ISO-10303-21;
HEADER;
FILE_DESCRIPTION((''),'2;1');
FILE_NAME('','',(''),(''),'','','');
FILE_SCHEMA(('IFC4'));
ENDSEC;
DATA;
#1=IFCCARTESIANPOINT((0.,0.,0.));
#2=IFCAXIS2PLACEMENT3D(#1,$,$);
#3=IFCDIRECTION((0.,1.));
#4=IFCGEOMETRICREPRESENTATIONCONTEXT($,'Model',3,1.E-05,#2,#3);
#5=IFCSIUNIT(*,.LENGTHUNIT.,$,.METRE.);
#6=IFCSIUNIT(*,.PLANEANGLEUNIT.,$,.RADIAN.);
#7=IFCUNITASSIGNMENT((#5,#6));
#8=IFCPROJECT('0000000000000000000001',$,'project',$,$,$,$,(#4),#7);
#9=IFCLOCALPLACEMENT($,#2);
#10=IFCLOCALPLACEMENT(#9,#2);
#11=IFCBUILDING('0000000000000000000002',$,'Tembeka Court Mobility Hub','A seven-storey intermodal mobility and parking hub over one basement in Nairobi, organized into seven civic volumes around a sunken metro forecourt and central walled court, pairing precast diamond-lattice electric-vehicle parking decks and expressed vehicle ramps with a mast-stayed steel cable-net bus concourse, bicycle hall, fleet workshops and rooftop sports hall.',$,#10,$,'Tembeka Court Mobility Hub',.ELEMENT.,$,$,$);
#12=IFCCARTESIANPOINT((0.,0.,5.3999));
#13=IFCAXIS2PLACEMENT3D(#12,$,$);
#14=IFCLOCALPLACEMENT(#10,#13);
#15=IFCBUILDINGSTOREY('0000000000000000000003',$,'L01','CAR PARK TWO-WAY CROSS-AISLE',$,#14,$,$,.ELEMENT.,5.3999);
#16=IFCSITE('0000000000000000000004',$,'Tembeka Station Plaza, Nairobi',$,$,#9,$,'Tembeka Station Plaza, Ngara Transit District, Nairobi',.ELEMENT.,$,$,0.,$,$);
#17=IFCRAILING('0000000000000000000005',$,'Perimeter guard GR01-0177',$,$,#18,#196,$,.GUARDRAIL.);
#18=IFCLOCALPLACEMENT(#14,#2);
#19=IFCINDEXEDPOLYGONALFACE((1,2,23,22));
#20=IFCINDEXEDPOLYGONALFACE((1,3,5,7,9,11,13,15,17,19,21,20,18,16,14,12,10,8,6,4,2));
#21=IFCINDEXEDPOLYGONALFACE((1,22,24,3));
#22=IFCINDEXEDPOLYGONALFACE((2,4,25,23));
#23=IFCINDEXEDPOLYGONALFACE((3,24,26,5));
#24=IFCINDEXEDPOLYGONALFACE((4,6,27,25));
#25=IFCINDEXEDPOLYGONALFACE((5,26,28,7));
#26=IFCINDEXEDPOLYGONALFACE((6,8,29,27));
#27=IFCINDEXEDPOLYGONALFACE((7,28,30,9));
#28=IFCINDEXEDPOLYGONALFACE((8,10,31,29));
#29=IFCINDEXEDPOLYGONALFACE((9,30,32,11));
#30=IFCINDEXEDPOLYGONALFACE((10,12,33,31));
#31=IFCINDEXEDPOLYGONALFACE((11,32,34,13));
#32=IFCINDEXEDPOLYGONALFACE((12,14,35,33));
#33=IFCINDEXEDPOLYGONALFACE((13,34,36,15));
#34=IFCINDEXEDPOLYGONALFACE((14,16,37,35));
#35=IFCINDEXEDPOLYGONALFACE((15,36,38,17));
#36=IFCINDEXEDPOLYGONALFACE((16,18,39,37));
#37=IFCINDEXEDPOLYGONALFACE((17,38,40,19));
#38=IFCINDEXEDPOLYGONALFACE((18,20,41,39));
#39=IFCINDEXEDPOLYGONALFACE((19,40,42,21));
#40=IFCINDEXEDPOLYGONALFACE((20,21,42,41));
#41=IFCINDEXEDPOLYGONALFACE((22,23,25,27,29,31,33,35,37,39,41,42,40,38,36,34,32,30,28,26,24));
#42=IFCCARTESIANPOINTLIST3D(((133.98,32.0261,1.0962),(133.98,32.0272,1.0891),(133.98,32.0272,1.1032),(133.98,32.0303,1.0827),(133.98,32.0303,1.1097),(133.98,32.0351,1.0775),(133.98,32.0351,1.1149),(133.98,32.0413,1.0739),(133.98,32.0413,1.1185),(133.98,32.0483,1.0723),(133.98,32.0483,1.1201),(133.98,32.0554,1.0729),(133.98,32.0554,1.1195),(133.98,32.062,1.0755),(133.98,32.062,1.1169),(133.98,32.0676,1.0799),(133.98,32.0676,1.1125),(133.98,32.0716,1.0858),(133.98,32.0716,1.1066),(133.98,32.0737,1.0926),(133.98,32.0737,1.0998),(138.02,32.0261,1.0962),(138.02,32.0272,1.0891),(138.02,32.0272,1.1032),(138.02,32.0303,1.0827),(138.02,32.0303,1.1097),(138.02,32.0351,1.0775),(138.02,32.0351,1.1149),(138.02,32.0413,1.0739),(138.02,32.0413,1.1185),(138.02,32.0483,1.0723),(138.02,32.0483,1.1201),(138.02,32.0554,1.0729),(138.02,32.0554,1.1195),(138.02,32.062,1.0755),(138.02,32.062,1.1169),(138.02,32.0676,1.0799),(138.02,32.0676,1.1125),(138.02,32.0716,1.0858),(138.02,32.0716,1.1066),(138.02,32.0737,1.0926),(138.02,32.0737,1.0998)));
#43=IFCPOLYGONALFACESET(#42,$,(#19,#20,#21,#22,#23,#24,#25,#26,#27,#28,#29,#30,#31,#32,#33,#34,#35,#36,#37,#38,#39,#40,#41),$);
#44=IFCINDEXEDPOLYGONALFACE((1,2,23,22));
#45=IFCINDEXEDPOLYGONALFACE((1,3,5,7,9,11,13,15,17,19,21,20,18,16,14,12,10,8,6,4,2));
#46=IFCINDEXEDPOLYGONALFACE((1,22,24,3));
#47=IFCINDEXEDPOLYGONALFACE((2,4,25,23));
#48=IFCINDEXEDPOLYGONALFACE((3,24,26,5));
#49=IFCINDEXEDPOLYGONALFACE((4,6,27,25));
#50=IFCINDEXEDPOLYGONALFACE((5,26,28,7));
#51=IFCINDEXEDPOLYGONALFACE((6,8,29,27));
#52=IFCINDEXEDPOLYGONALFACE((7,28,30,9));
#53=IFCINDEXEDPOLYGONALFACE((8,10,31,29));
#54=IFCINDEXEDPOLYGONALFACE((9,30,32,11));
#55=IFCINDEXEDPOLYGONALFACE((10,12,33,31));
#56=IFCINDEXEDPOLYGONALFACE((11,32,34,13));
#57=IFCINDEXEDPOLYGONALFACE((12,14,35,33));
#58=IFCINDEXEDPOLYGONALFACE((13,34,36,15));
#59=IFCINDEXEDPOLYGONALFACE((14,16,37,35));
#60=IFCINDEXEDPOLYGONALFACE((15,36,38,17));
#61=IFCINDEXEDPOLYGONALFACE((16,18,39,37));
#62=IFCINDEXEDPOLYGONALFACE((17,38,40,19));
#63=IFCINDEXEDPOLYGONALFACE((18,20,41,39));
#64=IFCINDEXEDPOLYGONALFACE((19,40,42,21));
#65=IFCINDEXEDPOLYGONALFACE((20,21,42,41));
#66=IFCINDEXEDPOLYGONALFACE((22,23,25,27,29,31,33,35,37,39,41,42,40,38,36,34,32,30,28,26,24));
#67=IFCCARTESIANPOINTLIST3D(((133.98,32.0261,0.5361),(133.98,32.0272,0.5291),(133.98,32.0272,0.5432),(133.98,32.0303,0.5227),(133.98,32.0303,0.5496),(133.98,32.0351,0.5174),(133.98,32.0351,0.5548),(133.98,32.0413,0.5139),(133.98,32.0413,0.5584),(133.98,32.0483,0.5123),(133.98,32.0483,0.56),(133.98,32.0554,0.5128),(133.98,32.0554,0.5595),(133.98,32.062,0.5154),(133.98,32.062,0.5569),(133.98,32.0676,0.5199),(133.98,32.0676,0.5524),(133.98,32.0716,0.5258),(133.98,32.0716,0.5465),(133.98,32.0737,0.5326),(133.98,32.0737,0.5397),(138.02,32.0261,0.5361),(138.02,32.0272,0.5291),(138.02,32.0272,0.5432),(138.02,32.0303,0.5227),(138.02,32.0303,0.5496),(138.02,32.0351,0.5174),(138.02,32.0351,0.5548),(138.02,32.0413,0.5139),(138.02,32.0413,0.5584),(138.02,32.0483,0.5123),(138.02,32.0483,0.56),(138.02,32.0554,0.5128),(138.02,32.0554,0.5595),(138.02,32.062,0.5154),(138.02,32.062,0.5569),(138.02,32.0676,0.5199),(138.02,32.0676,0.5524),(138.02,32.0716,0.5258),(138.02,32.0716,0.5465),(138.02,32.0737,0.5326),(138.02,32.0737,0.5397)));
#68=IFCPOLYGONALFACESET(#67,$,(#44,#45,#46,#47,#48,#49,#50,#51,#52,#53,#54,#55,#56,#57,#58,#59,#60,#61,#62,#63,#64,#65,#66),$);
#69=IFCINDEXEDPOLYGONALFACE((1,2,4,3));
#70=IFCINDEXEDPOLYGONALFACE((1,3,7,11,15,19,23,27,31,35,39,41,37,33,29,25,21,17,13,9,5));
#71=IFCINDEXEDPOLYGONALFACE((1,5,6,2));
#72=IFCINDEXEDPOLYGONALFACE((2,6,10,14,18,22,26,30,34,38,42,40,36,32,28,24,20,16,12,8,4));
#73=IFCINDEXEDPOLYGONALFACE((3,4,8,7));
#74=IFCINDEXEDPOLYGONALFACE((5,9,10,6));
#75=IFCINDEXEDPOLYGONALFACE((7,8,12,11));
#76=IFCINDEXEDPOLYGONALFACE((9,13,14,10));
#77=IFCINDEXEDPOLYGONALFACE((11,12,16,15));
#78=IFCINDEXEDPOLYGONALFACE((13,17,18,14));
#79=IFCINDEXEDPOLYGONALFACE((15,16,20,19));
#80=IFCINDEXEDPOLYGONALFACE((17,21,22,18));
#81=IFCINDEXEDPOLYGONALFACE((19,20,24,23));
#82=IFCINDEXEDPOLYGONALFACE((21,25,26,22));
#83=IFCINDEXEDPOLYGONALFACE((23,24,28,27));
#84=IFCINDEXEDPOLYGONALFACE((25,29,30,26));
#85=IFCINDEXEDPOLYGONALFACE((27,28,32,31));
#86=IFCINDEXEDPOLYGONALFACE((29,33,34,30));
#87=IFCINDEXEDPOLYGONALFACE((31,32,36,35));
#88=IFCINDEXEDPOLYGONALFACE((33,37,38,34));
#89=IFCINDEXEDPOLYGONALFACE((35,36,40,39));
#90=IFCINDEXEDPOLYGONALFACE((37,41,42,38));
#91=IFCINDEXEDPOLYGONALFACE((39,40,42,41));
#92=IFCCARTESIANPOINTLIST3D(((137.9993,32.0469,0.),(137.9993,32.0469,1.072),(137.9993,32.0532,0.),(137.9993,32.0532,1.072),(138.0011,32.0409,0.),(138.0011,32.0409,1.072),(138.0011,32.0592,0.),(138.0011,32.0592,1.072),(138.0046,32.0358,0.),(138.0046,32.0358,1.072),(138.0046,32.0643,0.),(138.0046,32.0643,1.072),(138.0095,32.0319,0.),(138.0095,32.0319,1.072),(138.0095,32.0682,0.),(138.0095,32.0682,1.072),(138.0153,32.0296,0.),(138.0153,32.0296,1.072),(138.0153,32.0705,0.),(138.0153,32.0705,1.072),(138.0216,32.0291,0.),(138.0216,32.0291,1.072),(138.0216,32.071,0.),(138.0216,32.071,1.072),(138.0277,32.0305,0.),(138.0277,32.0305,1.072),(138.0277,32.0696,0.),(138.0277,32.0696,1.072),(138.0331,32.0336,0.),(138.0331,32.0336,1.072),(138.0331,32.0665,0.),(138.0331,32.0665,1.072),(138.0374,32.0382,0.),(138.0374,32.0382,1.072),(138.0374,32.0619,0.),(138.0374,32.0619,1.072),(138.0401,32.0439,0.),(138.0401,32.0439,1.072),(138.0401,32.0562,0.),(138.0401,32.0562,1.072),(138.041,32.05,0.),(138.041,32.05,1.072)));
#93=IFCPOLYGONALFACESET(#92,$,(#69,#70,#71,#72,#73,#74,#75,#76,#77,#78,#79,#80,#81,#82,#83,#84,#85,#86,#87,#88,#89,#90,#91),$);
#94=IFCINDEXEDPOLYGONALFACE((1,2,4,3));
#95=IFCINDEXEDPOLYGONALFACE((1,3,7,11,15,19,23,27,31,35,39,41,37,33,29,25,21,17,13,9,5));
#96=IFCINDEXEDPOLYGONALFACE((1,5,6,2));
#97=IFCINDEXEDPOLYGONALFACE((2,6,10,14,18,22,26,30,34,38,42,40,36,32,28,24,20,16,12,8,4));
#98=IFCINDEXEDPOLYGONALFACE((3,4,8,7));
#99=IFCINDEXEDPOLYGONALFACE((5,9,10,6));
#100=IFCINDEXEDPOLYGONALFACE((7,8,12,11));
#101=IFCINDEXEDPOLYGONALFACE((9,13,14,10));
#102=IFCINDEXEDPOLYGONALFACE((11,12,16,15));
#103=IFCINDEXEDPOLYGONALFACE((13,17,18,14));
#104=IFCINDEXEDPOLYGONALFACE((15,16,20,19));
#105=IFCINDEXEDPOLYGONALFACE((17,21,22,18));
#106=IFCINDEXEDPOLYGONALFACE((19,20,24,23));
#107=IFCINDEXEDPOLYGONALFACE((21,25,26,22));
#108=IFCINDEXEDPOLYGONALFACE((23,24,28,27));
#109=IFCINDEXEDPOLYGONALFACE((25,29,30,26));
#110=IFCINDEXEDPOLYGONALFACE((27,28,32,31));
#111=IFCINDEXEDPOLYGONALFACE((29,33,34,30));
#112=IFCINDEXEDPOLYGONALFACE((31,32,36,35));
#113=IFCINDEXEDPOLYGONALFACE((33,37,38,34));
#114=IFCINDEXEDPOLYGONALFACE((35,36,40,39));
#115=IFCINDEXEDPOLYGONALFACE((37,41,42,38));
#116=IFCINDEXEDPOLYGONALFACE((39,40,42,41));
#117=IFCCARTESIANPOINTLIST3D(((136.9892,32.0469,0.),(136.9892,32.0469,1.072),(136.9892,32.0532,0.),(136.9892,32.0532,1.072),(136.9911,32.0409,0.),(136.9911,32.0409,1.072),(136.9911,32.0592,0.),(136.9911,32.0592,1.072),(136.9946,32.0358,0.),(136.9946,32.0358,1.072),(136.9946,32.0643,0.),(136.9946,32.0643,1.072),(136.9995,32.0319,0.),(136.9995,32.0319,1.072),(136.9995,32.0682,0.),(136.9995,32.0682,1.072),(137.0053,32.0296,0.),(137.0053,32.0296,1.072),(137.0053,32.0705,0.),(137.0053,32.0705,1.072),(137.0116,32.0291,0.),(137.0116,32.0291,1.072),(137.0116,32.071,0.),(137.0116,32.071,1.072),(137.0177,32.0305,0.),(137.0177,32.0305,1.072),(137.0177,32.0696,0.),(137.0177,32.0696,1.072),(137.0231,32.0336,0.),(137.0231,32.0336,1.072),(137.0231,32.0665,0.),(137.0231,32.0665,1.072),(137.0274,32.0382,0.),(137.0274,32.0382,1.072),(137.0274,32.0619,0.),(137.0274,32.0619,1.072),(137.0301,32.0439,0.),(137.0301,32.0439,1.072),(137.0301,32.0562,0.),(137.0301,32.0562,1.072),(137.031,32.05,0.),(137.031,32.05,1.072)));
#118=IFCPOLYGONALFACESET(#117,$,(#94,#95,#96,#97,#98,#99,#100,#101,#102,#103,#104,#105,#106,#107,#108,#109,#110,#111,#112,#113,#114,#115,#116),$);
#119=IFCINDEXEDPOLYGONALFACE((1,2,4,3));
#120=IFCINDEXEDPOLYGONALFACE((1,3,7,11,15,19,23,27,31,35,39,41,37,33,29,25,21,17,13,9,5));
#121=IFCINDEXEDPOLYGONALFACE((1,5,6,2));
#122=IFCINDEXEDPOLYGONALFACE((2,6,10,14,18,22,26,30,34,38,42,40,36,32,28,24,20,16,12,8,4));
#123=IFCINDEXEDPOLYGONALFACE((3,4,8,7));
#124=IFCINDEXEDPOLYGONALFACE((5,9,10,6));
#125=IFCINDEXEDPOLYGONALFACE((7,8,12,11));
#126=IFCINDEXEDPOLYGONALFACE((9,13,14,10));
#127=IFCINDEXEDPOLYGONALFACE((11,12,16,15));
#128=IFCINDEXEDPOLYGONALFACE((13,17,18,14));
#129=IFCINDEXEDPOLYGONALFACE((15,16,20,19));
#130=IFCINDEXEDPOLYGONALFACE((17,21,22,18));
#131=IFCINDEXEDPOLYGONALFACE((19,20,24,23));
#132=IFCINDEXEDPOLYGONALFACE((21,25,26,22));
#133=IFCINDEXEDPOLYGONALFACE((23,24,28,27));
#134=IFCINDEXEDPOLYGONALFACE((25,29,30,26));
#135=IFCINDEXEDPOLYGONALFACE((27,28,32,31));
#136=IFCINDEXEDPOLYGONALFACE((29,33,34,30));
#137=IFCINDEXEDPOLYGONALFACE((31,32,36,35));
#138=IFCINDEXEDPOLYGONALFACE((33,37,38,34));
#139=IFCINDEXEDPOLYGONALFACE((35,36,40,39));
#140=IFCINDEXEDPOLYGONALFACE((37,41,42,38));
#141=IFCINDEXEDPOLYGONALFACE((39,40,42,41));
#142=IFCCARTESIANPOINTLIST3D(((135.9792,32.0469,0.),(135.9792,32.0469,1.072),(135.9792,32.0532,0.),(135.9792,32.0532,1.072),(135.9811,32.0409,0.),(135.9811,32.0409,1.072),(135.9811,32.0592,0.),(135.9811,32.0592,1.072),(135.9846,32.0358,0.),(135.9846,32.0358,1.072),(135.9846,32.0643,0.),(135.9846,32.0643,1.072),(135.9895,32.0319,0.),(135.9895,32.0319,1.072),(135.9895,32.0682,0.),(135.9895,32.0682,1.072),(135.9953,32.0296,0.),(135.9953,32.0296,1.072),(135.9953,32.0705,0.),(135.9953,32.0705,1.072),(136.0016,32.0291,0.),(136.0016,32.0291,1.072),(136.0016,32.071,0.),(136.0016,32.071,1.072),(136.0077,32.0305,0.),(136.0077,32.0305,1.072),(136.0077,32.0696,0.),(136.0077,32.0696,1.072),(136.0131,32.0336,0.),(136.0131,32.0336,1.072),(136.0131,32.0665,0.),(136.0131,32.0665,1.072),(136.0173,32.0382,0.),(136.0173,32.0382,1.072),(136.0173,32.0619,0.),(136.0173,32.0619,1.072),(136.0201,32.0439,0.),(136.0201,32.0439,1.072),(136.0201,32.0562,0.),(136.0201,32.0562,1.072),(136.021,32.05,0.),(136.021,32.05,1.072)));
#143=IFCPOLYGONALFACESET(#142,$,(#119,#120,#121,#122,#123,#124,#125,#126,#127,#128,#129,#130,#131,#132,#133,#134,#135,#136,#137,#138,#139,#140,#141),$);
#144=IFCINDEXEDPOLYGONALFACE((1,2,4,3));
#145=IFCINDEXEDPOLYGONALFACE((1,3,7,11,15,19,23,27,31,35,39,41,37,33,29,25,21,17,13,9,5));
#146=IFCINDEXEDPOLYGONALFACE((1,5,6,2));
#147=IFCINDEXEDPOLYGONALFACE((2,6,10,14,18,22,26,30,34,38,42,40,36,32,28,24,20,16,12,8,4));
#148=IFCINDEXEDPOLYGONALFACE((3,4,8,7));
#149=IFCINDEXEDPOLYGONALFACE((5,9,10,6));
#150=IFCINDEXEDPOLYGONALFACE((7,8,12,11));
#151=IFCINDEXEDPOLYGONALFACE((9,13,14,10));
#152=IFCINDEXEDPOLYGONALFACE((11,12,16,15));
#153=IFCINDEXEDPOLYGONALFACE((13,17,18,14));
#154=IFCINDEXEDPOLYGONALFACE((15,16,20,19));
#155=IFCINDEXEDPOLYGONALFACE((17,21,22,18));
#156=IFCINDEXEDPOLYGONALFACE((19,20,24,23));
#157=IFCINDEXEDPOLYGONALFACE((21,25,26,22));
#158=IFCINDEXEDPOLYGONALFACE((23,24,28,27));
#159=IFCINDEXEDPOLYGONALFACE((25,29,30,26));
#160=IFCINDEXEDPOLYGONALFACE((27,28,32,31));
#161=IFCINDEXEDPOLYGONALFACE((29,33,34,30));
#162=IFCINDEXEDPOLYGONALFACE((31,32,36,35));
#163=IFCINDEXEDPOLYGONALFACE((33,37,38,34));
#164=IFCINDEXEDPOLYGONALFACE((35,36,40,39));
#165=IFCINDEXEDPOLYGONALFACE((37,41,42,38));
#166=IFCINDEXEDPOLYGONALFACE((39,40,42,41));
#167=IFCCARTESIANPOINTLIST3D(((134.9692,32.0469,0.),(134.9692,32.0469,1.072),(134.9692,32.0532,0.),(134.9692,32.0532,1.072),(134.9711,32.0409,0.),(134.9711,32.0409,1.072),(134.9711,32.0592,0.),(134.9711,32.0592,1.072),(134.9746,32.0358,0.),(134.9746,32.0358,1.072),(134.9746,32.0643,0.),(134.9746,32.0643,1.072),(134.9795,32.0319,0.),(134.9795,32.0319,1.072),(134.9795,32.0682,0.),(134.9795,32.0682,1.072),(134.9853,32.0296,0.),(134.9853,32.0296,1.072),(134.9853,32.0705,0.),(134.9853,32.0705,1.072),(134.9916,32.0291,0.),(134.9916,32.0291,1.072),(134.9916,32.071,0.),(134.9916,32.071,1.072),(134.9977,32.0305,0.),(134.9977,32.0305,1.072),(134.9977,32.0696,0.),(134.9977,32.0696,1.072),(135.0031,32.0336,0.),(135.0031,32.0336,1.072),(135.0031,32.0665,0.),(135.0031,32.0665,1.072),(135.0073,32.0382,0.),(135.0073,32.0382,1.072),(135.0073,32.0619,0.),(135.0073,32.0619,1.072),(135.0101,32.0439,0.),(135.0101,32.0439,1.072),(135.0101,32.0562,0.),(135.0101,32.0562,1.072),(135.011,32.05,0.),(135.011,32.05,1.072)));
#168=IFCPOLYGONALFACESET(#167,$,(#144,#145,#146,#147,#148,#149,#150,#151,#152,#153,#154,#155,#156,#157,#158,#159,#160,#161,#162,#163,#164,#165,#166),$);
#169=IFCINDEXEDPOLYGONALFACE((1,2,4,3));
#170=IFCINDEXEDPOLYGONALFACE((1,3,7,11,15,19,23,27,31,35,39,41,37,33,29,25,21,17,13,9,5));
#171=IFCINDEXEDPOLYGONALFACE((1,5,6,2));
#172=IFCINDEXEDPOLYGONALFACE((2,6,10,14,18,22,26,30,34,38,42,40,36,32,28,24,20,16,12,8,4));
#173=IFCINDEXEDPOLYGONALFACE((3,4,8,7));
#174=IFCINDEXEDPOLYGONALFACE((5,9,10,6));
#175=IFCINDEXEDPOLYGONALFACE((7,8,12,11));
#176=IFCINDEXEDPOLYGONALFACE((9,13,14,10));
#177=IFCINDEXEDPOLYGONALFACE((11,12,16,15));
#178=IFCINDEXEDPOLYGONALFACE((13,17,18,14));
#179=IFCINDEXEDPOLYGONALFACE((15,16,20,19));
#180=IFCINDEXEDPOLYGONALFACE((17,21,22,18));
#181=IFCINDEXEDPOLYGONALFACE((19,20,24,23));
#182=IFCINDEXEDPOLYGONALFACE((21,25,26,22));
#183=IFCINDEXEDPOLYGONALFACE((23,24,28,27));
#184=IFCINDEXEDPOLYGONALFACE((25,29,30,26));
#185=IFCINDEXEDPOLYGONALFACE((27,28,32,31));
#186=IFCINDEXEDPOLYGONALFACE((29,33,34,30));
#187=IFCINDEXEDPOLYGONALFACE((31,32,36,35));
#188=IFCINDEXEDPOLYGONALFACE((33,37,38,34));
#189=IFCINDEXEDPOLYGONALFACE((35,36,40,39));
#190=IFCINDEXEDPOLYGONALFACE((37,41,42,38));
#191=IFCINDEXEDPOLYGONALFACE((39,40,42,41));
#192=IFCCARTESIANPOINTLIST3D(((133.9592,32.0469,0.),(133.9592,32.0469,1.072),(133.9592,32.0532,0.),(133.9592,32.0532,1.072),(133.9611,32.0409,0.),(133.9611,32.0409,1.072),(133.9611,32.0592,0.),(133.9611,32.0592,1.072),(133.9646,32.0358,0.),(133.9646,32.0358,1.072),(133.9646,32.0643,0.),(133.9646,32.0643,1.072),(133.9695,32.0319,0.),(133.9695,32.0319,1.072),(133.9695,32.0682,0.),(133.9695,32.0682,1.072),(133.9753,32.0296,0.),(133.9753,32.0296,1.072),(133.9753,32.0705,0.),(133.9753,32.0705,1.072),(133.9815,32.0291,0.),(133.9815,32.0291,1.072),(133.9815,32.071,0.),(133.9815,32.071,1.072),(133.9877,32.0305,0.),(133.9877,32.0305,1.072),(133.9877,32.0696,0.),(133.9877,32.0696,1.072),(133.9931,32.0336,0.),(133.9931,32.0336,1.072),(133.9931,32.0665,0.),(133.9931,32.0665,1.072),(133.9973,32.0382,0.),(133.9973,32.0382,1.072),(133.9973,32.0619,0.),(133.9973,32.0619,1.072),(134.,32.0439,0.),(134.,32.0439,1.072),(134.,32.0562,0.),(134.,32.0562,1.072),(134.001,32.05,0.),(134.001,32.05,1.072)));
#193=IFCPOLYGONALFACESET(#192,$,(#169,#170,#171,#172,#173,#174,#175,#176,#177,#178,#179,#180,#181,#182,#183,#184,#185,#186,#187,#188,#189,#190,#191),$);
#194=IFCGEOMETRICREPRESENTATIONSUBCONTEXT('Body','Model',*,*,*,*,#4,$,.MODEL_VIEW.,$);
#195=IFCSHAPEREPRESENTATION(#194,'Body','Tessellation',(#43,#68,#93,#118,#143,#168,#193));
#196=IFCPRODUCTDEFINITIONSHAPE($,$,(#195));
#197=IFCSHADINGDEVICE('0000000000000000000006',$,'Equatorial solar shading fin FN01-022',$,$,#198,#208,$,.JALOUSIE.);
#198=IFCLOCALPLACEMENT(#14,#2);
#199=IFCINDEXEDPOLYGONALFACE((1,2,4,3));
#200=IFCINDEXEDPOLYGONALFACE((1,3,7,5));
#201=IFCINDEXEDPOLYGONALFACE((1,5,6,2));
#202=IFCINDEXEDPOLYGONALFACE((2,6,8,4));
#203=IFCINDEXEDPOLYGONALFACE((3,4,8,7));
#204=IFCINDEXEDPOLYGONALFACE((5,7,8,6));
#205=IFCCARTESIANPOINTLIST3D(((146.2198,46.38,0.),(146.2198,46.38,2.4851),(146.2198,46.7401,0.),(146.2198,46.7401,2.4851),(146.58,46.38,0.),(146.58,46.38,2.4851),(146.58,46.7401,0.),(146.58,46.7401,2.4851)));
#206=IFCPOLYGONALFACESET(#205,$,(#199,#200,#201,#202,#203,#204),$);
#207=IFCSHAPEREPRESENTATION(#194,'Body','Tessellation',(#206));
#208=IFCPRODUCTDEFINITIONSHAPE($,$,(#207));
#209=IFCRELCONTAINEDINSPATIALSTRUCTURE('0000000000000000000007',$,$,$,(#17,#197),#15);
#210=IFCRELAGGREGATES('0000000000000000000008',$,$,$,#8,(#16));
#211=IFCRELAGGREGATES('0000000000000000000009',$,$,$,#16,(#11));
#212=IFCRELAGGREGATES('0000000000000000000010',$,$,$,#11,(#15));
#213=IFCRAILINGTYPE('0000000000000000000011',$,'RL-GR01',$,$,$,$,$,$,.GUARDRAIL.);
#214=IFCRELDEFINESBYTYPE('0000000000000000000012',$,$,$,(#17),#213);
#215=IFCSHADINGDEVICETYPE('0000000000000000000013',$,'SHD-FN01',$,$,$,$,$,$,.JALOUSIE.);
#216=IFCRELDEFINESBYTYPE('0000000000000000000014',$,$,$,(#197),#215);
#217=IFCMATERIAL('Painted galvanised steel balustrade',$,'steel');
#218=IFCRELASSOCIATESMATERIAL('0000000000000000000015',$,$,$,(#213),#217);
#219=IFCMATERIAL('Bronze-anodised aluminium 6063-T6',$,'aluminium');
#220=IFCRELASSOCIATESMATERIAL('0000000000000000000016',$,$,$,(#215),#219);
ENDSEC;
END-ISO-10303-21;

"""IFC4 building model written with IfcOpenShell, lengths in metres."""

from ifc_helpers import new_model, si_unit, direction, frame, origin, origin_2d, place, context, subcontext, project, spatial, rectangle, circle, extrude, material, material_profile, profile_set, type_object, element, save


model = new_model("IFC4")

# Units and contexts
model_context = context("Model", 3, precision=1e-05, world=origin(), true_north=direction((0.0, 1.0)))
body_context = subcontext(model_context, "Body", "Model", "MODEL_VIEW")
ifc_project = project(units=[si_unit("LENGTHUNIT", "METRE"), si_unit("PLANEANGLEUNIT", "RADIAN")], contexts=[model_context])

# Site, building, storey
site_placement = place(None, origin())
site = spatial("IfcSite", under=ifc_project, at=site_placement, Name="Tembeka Station Plaza, Nairobi", LongName="Tembeka Station Plaza, Ngara Transit District, Nairobi", CompositionType="ELEMENT", RefElevation=0.0)
building_placement = place(site_placement, origin())
building = spatial("IfcBuilding", under=site, at=building_placement, Name="Tembeka Court Mobility Hub", Description="A seven-storey intermodal mobility and parking hub over one basement in Nairobi, organized into seven civic volumes around a sunken metro forecourt and central walled court, pairing precast diamond-lattice electric-vehicle parking decks and expressed vehicle ramps with a mast-stayed steel cable-net bus concourse, bicycle hall, fleet workshops and rooftop sports hall.", LongName="Tembeka Court Mobility Hub", CompositionType="ELEMENT")
storey_placement = place(building_placement, frame((0.0, 0.0, 5.3999)))
storey = spatial("IfcBuildingStorey", under=building, at=storey_placement, Name="L01", Description="CAR PARK TWO-WAY CROSS-AISLE", CompositionType="ELEMENT", Elevation=5.3999)

# Railing
ifc_material_1 = material(Name="Painted galvanised steel balustrade", Category="steel")
railing_type = type_object("IfcRailingType", Name="RL-GR01", PredefinedType="GUARDRAIL", material=ifc_material_1)
railing_placement = place(storey_placement, frame((138.02, 32.05, 0.0)))
element("IfcRailing", 1, at=railing_placement, inside=storey, type_object=railing_type, Name="Perimeter guard GR01-0177", PredefinedType="GUARDRAIL", context=body_context, shape_type="SweptSolid", body=[
    extrude(circle(Radius=0.0239, at=origin_2d()), frame((0.0, 0.0, 1.0962), z_axis=(-1.0, 0.0, 0.0), x_axis=(0.0, -1.0, 0.0)), (0.0, 0.0, 1.0), 4.04),
    extrude(circle(Radius=0.0239, at=origin_2d()), frame((0.0, 0.0, 0.5361), z_axis=(-1.0, 0.0, 0.0), x_axis=(0.0, -1.0, 0.0)), (0.0, 0.0, 1.0), 4.04),
    extrude(circle(Radius=0.021, at=origin_2d()), origin(), (0.0, 0.0, 1.0), 1.072),
    extrude(circle(Radius=0.021, at=origin_2d()), frame((-1.01, 0.0, 0.0)), (0.0, 0.0, 1.0), 1.072),
    extrude(circle(Radius=0.021, at=origin_2d()), frame((-2.02, 0.0, 0.0)), (0.0, 0.0, 1.0), 1.072),
    extrude(circle(Radius=0.021, at=origin_2d()), frame((-3.03, 0.0, 0.0)), (0.0, 0.0, 1.0), 1.072),
    extrude(circle(Radius=0.021, at=origin_2d()), frame((-4.04, 0.0, 0.0)), (0.0, 0.0, 1.0), 1.072),
])

# Shading device
ifc_material_2 = material(Name="Bronze-anodised aluminium 6063-T6", Category="aluminium")
ifc_material_profile_1 = material_profile(ifc_material_2, rectangle(XDim=0.3601, YDim=0.3601, at=origin_2d()), Name="ALU-FIN 360x360")
ifc_profile_set_1 = profile_set([ifc_material_profile_1], Name="Bronze-anodised aluminium 6063-T6")
shading_device_type_1 = type_object("IfcShadingDeviceType", Name="SHD-FN01", PredefinedType="JALOUSIE", material=ifc_profile_set_1)
shading_device_placement = place(storey_placement, frame((146.3999, 46.5601, 0.0), z_axis=(0.0, 0.0, 1.0), x_axis=(1.0, 0.0, 0.0)))
element("IfcShadingDevice", 2, at=shading_device_placement, inside=storey, type_object=shading_device_type_1, Name="Equatorial solar shading fin FN01-022", PredefinedType="JALOUSIE", context=body_context, shape_type="SweptSolid", body=[
    extrude(rectangle(XDim=0.3601, YDim=0.3601, at=origin_2d()), origin(), (0.0, 0.0, 1.0), 2.4851),
])

save(model, "model.ifc")
